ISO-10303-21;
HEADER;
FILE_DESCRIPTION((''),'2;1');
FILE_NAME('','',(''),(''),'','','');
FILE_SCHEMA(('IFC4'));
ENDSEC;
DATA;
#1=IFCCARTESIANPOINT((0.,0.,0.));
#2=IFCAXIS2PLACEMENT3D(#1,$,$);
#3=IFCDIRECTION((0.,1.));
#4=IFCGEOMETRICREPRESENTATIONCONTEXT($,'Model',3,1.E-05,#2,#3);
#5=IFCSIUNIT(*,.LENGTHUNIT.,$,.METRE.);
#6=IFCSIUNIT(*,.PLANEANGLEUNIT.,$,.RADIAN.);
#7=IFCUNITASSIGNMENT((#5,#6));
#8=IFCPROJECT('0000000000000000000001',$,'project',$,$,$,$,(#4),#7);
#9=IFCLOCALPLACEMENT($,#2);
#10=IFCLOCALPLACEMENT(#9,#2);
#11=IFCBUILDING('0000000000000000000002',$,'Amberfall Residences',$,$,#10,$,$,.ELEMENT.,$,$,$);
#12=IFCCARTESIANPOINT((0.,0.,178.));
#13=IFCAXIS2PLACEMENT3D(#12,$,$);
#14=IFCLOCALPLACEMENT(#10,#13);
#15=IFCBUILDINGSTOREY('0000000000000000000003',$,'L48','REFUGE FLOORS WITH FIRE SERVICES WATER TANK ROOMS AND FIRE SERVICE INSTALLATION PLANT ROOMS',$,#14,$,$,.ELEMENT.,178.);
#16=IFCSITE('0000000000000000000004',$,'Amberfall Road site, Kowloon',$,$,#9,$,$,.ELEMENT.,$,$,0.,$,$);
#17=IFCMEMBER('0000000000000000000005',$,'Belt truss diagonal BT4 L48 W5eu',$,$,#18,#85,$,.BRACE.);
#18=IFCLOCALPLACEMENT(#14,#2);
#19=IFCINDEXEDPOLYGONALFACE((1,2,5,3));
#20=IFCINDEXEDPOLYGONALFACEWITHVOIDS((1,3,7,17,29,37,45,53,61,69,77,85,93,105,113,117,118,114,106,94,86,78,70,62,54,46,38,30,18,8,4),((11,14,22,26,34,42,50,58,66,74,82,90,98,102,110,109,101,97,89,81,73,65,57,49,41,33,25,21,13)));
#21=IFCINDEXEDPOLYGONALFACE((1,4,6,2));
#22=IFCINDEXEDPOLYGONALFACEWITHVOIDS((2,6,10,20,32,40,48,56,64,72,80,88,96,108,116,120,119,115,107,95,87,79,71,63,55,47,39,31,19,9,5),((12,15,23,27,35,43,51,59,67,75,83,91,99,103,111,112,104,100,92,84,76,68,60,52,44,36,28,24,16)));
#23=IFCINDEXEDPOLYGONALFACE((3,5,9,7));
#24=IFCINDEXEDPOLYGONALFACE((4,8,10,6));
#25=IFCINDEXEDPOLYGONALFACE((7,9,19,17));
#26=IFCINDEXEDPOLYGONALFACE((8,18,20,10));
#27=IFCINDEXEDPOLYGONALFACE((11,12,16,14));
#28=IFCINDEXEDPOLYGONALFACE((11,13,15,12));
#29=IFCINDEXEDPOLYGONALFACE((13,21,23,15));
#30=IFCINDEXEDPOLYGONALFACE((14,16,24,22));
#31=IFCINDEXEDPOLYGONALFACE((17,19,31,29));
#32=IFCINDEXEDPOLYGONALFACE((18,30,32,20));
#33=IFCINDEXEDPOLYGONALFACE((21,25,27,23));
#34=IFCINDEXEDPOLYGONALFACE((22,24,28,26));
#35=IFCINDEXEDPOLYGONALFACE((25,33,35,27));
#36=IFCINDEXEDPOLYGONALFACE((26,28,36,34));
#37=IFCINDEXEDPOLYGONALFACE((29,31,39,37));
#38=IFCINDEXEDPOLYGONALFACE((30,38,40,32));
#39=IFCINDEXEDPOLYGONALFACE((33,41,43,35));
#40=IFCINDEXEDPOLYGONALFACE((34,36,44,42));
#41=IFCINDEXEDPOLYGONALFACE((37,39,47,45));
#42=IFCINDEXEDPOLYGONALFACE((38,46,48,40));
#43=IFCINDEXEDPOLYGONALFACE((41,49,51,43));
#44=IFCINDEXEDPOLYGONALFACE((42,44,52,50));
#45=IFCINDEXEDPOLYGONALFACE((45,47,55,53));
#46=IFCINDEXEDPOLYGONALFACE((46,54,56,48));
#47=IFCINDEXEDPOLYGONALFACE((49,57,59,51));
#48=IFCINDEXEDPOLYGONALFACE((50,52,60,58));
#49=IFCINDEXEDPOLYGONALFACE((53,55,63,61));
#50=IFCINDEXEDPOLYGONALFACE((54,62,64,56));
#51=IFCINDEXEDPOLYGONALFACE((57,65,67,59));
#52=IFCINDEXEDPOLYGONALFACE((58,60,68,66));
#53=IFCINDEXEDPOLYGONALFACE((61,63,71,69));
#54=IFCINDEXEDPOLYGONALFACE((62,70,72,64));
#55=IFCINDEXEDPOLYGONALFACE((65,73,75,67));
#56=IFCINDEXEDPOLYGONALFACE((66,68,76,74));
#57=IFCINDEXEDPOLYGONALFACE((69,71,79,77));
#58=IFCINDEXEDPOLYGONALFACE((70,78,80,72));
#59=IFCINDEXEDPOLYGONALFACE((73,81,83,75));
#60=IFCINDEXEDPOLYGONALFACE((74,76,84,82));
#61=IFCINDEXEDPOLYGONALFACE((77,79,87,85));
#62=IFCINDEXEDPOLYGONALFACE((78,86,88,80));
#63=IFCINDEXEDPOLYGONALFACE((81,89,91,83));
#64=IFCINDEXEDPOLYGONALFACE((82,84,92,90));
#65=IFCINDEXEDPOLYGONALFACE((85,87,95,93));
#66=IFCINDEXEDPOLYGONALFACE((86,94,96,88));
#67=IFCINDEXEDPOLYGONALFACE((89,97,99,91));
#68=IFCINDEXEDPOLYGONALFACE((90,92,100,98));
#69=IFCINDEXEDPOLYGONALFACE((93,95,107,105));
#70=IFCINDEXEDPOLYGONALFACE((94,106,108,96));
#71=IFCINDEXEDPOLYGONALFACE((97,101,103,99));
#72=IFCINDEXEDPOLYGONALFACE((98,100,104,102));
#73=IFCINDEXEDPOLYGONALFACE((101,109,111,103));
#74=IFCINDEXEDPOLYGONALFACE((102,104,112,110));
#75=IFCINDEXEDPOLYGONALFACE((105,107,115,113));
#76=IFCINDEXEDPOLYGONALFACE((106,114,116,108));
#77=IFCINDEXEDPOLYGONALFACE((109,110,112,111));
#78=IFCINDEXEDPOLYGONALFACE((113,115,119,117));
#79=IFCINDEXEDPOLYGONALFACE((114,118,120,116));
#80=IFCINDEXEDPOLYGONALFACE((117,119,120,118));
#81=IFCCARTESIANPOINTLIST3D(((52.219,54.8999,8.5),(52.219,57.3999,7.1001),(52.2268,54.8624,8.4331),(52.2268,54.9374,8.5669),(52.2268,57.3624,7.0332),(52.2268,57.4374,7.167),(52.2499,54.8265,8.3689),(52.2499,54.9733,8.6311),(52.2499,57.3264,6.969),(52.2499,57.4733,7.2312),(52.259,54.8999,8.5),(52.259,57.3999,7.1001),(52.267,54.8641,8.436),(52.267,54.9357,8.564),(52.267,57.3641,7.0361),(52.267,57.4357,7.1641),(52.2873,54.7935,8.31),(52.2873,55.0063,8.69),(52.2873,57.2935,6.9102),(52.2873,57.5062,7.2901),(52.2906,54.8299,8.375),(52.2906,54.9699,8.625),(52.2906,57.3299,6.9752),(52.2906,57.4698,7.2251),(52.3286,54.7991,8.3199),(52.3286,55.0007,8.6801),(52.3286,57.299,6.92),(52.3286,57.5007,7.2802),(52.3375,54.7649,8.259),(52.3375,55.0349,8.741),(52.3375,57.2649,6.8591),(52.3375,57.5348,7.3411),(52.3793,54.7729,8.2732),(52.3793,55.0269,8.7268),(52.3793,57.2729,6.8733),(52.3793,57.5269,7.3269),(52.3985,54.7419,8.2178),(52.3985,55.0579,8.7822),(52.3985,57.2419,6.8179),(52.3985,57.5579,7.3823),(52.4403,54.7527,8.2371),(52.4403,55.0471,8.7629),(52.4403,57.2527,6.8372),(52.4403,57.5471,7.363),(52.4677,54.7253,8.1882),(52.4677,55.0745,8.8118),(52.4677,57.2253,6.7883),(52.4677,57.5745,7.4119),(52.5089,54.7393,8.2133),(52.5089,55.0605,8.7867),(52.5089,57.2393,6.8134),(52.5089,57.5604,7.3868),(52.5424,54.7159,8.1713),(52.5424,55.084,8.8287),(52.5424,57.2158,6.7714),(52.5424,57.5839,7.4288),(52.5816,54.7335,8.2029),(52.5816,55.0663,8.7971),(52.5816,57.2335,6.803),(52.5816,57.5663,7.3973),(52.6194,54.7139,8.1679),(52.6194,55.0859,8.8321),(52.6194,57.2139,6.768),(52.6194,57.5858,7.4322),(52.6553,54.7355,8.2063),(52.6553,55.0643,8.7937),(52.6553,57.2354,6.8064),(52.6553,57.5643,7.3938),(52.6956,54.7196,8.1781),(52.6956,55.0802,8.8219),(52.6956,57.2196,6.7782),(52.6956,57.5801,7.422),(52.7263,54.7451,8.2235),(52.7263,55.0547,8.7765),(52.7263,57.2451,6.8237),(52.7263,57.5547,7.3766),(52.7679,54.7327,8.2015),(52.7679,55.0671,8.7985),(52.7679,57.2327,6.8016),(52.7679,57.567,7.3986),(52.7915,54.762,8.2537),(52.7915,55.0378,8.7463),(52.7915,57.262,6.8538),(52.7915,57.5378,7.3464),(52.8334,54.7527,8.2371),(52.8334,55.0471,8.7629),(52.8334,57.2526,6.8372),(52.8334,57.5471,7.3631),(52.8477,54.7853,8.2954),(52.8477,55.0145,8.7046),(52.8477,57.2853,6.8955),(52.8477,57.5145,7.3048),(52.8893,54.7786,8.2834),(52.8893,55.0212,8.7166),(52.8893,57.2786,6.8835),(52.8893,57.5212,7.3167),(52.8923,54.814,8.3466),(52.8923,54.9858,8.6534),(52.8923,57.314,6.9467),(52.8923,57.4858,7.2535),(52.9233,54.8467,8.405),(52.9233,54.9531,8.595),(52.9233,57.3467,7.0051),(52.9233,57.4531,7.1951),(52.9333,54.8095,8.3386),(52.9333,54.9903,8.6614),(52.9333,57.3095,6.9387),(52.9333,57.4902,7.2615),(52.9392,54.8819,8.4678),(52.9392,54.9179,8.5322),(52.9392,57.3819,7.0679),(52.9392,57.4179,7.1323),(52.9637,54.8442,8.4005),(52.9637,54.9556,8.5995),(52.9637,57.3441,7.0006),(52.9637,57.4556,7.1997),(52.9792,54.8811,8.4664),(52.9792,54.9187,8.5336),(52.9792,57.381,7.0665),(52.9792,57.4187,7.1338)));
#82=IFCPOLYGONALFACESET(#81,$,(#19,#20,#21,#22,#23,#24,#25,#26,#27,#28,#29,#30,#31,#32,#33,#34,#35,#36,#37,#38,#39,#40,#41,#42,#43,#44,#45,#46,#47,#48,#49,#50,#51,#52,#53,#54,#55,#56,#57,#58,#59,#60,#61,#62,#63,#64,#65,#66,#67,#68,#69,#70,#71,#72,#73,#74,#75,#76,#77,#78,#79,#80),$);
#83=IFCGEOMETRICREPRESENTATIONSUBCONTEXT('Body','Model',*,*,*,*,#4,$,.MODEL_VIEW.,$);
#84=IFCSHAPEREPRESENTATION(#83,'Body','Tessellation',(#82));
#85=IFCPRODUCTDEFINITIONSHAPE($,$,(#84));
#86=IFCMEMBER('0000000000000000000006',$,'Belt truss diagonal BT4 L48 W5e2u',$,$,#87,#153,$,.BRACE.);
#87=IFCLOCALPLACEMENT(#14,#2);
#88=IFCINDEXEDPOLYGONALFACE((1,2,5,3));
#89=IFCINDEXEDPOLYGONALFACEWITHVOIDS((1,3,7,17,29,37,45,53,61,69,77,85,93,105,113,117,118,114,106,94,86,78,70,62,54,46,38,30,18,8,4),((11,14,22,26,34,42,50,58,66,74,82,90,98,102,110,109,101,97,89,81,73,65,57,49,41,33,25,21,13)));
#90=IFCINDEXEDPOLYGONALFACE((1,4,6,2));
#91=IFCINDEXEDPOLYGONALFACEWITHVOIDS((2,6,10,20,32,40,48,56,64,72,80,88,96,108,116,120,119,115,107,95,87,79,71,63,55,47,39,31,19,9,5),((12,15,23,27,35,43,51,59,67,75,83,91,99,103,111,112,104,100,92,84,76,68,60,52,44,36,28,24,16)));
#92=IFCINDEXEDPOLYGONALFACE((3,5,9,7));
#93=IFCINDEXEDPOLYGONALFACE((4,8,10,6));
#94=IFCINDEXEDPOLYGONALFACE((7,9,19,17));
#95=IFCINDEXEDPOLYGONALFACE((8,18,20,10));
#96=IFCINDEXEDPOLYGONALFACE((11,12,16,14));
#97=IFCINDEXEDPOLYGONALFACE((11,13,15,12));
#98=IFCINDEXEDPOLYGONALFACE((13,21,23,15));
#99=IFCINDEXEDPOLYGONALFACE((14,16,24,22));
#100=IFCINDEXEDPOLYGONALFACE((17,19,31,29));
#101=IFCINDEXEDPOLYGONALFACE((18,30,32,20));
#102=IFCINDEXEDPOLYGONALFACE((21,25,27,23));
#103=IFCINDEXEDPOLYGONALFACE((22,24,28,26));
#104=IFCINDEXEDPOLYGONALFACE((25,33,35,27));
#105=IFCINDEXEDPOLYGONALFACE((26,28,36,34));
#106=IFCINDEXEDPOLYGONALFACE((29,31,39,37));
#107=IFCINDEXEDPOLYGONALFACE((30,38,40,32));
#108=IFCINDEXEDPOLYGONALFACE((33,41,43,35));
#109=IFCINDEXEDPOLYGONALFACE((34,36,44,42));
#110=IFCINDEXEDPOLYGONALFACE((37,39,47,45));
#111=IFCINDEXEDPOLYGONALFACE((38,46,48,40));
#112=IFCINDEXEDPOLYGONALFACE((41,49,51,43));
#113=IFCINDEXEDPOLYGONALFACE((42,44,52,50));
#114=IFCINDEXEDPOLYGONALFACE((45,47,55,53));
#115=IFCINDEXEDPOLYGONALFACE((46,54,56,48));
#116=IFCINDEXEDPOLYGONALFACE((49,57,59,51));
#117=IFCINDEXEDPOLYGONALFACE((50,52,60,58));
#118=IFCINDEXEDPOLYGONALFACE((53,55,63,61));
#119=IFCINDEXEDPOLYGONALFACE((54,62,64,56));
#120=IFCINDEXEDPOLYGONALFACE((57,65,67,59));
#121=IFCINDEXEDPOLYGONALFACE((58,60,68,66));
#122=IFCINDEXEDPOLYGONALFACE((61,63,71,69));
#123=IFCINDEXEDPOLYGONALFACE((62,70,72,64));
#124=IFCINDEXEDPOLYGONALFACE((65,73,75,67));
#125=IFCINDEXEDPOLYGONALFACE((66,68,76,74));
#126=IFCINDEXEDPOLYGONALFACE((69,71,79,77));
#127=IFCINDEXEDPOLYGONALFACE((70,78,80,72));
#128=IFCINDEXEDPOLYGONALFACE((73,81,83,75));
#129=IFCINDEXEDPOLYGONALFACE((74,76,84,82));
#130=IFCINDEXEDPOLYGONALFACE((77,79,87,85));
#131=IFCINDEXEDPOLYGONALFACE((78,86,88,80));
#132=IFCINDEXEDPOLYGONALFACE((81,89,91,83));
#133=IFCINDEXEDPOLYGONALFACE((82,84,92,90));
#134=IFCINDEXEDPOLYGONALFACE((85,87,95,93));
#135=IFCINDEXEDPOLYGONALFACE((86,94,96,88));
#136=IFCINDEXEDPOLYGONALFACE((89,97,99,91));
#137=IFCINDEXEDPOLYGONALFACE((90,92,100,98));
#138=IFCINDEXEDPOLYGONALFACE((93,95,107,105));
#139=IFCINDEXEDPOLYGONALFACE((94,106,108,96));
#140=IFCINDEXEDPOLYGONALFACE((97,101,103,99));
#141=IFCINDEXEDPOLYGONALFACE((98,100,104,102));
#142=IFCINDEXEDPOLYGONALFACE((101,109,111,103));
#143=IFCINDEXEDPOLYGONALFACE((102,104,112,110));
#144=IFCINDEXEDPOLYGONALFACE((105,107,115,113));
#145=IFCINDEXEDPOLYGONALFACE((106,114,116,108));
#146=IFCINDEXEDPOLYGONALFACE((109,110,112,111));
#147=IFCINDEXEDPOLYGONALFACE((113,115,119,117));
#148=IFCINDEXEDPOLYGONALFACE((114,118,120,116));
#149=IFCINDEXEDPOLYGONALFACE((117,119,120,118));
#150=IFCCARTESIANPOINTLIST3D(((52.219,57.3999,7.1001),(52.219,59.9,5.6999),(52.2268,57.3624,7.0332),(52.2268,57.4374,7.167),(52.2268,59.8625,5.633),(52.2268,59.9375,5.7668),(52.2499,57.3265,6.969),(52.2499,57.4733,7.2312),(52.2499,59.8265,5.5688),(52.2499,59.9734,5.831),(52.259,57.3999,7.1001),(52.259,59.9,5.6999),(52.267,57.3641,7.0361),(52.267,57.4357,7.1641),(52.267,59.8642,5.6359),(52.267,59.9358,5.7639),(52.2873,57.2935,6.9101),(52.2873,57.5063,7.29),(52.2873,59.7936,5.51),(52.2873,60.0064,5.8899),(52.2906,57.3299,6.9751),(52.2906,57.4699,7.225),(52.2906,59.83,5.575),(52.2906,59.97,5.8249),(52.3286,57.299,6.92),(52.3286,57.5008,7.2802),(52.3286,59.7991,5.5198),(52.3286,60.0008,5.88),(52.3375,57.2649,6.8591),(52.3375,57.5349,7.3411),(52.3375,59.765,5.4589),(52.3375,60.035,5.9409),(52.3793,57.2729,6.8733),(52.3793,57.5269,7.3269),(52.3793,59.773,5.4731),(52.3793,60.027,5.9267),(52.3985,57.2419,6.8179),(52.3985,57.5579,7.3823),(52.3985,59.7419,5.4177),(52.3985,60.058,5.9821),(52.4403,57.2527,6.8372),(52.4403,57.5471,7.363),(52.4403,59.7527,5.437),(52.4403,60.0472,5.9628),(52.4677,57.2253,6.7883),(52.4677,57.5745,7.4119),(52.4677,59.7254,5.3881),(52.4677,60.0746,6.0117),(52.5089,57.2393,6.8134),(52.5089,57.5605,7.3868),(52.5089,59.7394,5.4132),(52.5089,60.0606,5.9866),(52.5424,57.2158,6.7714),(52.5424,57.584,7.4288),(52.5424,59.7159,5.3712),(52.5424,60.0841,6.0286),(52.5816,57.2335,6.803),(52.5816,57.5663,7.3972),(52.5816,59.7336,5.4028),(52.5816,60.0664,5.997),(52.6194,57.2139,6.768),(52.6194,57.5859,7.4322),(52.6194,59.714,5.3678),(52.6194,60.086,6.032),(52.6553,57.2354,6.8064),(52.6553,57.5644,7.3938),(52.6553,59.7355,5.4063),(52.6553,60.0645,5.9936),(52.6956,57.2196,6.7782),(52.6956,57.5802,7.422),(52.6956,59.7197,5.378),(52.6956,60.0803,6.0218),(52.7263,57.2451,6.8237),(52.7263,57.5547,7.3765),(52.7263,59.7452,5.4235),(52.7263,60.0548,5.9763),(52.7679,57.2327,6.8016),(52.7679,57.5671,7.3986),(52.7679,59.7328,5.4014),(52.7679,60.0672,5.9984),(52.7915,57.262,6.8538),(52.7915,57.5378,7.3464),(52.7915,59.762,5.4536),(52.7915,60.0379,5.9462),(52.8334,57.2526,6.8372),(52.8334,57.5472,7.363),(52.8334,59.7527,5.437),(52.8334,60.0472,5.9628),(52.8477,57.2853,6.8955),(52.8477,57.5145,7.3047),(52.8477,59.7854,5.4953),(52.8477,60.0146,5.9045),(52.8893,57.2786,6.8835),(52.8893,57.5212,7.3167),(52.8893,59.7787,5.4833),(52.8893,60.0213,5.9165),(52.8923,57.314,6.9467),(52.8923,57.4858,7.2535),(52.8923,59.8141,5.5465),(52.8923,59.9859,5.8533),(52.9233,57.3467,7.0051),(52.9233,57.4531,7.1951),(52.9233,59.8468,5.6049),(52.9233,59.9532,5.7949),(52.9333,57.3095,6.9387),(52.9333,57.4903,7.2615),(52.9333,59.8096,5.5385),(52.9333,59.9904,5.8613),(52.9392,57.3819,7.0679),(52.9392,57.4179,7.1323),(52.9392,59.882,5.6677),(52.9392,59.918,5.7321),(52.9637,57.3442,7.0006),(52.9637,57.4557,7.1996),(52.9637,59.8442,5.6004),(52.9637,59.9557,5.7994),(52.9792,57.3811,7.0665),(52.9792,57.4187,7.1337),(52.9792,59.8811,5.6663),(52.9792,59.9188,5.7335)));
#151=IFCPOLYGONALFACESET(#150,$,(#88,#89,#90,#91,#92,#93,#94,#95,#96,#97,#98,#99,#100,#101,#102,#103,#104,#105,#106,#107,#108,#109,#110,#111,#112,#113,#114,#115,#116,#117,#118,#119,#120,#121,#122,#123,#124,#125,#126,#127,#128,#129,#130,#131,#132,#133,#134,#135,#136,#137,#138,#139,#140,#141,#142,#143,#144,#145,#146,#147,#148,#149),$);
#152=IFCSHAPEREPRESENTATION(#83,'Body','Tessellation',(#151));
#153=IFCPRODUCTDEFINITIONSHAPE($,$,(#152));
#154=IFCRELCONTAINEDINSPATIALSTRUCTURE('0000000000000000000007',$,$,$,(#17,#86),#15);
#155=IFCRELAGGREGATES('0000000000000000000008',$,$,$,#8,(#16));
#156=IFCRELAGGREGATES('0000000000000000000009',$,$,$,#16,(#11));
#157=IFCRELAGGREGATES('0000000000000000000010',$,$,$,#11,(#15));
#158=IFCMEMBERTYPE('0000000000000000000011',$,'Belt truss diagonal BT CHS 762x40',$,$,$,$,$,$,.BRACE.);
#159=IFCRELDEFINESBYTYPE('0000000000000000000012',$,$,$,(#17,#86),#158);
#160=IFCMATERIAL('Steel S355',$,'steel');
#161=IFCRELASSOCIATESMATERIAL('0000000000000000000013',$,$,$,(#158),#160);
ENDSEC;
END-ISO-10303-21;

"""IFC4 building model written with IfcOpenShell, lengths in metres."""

from ifc_helpers import new_model, si_unit, direction, frame, origin, origin_2d, place, context, subcontext, project, spatial, hollow_circle, extrude, material, material_profile, profile_set, type_object, element, save


model = new_model("IFC4")

# Units and contexts
model_context = context("Model", 3, precision=1e-05, world=origin(), true_north=direction((0.0, 1.0)))
body_context = subcontext(model_context, "Body", "Model", "MODEL_VIEW")
ifc_project = project(units=[si_unit("LENGTHUNIT", "METRE"), si_unit("PLANEANGLEUNIT", "RADIAN")], contexts=[model_context])

# Site, building, storey
site_placement = place(None, origin())
site = spatial("IfcSite", under=ifc_project, at=site_placement, Name="Amberfall Road site, Kowloon", CompositionType="ELEMENT", RefElevation=0.0)
building_placement = place(site_placement, origin())
building = spatial("IfcBuilding", under=site, at=building_placement, Name="Amberfall Residences", CompositionType="ELEMENT")
storey_placement = place(building_placement, frame((0.0, 0.0, 178.0)))
storey = spatial("IfcBuildingStorey", under=building, at=storey_placement, Name="L48", Description="REFUGE FLOORS WITH FIRE SERVICES WATER TANK ROOMS AND FIRE SERVICE INSTALLATION PLANT ROOMS", CompositionType="ELEMENT", Elevation=178.0)

# Members
ifc_material_1 = material(Name="Steel S355", Category="steel")
ifc_material_profile_1 = material_profile(ifc_material_1, hollow_circle(Radius=0.3811, WallThickness=0.04, at=origin_2d()), Name="CHS 762x40")
ifc_profile_set_1 = profile_set([ifc_material_profile_1], Name="Steel S355")
member_type_1 = type_object("IfcMemberType", Name="Belt truss diagonal BT CHS 762x40", PredefinedType="BRACE", material=ifc_profile_set_1)
member_1_placement = place(storey_placement, frame((52.6001, 54.8999, 8.5), z_axis=(0.0, 0.872521, -0.488577), x_axis=(-1.0, 0.0, 0.0)))
element("IfcMember", 1, at=member_1_placement, inside=storey, type_object=member_type_1, Name="Belt truss diagonal BT4 L48 W5eu", PredefinedType="BRACE", context=body_context, shape_type="SweptSolid", body=[
    extrude(hollow_circle(Radius=0.3811, WallThickness=0.04, at=origin_2d()), origin(), (0.0, 0.0, 1.0), 2.8652),
])
member_2_placement = place(storey_placement, frame((52.6001, 57.3999, 7.1001), z_axis=(0.0, 0.872484, -0.488642), x_axis=(-1.0, 0.0, 0.0)))
element("IfcMember", 2, at=member_2_placement, inside=storey, type_object=member_type_1, Name="Belt truss diagonal BT4 L48 W5e2u", PredefinedType="BRACE", context=body_context, shape_type="SweptSolid", body=[
    extrude(hollow_circle(Radius=0.3811, WallThickness=0.04, at=origin_2d()), origin(), (0.0, 0.0, 1.0), 2.8655),
])

save(model, "model.ifc")
